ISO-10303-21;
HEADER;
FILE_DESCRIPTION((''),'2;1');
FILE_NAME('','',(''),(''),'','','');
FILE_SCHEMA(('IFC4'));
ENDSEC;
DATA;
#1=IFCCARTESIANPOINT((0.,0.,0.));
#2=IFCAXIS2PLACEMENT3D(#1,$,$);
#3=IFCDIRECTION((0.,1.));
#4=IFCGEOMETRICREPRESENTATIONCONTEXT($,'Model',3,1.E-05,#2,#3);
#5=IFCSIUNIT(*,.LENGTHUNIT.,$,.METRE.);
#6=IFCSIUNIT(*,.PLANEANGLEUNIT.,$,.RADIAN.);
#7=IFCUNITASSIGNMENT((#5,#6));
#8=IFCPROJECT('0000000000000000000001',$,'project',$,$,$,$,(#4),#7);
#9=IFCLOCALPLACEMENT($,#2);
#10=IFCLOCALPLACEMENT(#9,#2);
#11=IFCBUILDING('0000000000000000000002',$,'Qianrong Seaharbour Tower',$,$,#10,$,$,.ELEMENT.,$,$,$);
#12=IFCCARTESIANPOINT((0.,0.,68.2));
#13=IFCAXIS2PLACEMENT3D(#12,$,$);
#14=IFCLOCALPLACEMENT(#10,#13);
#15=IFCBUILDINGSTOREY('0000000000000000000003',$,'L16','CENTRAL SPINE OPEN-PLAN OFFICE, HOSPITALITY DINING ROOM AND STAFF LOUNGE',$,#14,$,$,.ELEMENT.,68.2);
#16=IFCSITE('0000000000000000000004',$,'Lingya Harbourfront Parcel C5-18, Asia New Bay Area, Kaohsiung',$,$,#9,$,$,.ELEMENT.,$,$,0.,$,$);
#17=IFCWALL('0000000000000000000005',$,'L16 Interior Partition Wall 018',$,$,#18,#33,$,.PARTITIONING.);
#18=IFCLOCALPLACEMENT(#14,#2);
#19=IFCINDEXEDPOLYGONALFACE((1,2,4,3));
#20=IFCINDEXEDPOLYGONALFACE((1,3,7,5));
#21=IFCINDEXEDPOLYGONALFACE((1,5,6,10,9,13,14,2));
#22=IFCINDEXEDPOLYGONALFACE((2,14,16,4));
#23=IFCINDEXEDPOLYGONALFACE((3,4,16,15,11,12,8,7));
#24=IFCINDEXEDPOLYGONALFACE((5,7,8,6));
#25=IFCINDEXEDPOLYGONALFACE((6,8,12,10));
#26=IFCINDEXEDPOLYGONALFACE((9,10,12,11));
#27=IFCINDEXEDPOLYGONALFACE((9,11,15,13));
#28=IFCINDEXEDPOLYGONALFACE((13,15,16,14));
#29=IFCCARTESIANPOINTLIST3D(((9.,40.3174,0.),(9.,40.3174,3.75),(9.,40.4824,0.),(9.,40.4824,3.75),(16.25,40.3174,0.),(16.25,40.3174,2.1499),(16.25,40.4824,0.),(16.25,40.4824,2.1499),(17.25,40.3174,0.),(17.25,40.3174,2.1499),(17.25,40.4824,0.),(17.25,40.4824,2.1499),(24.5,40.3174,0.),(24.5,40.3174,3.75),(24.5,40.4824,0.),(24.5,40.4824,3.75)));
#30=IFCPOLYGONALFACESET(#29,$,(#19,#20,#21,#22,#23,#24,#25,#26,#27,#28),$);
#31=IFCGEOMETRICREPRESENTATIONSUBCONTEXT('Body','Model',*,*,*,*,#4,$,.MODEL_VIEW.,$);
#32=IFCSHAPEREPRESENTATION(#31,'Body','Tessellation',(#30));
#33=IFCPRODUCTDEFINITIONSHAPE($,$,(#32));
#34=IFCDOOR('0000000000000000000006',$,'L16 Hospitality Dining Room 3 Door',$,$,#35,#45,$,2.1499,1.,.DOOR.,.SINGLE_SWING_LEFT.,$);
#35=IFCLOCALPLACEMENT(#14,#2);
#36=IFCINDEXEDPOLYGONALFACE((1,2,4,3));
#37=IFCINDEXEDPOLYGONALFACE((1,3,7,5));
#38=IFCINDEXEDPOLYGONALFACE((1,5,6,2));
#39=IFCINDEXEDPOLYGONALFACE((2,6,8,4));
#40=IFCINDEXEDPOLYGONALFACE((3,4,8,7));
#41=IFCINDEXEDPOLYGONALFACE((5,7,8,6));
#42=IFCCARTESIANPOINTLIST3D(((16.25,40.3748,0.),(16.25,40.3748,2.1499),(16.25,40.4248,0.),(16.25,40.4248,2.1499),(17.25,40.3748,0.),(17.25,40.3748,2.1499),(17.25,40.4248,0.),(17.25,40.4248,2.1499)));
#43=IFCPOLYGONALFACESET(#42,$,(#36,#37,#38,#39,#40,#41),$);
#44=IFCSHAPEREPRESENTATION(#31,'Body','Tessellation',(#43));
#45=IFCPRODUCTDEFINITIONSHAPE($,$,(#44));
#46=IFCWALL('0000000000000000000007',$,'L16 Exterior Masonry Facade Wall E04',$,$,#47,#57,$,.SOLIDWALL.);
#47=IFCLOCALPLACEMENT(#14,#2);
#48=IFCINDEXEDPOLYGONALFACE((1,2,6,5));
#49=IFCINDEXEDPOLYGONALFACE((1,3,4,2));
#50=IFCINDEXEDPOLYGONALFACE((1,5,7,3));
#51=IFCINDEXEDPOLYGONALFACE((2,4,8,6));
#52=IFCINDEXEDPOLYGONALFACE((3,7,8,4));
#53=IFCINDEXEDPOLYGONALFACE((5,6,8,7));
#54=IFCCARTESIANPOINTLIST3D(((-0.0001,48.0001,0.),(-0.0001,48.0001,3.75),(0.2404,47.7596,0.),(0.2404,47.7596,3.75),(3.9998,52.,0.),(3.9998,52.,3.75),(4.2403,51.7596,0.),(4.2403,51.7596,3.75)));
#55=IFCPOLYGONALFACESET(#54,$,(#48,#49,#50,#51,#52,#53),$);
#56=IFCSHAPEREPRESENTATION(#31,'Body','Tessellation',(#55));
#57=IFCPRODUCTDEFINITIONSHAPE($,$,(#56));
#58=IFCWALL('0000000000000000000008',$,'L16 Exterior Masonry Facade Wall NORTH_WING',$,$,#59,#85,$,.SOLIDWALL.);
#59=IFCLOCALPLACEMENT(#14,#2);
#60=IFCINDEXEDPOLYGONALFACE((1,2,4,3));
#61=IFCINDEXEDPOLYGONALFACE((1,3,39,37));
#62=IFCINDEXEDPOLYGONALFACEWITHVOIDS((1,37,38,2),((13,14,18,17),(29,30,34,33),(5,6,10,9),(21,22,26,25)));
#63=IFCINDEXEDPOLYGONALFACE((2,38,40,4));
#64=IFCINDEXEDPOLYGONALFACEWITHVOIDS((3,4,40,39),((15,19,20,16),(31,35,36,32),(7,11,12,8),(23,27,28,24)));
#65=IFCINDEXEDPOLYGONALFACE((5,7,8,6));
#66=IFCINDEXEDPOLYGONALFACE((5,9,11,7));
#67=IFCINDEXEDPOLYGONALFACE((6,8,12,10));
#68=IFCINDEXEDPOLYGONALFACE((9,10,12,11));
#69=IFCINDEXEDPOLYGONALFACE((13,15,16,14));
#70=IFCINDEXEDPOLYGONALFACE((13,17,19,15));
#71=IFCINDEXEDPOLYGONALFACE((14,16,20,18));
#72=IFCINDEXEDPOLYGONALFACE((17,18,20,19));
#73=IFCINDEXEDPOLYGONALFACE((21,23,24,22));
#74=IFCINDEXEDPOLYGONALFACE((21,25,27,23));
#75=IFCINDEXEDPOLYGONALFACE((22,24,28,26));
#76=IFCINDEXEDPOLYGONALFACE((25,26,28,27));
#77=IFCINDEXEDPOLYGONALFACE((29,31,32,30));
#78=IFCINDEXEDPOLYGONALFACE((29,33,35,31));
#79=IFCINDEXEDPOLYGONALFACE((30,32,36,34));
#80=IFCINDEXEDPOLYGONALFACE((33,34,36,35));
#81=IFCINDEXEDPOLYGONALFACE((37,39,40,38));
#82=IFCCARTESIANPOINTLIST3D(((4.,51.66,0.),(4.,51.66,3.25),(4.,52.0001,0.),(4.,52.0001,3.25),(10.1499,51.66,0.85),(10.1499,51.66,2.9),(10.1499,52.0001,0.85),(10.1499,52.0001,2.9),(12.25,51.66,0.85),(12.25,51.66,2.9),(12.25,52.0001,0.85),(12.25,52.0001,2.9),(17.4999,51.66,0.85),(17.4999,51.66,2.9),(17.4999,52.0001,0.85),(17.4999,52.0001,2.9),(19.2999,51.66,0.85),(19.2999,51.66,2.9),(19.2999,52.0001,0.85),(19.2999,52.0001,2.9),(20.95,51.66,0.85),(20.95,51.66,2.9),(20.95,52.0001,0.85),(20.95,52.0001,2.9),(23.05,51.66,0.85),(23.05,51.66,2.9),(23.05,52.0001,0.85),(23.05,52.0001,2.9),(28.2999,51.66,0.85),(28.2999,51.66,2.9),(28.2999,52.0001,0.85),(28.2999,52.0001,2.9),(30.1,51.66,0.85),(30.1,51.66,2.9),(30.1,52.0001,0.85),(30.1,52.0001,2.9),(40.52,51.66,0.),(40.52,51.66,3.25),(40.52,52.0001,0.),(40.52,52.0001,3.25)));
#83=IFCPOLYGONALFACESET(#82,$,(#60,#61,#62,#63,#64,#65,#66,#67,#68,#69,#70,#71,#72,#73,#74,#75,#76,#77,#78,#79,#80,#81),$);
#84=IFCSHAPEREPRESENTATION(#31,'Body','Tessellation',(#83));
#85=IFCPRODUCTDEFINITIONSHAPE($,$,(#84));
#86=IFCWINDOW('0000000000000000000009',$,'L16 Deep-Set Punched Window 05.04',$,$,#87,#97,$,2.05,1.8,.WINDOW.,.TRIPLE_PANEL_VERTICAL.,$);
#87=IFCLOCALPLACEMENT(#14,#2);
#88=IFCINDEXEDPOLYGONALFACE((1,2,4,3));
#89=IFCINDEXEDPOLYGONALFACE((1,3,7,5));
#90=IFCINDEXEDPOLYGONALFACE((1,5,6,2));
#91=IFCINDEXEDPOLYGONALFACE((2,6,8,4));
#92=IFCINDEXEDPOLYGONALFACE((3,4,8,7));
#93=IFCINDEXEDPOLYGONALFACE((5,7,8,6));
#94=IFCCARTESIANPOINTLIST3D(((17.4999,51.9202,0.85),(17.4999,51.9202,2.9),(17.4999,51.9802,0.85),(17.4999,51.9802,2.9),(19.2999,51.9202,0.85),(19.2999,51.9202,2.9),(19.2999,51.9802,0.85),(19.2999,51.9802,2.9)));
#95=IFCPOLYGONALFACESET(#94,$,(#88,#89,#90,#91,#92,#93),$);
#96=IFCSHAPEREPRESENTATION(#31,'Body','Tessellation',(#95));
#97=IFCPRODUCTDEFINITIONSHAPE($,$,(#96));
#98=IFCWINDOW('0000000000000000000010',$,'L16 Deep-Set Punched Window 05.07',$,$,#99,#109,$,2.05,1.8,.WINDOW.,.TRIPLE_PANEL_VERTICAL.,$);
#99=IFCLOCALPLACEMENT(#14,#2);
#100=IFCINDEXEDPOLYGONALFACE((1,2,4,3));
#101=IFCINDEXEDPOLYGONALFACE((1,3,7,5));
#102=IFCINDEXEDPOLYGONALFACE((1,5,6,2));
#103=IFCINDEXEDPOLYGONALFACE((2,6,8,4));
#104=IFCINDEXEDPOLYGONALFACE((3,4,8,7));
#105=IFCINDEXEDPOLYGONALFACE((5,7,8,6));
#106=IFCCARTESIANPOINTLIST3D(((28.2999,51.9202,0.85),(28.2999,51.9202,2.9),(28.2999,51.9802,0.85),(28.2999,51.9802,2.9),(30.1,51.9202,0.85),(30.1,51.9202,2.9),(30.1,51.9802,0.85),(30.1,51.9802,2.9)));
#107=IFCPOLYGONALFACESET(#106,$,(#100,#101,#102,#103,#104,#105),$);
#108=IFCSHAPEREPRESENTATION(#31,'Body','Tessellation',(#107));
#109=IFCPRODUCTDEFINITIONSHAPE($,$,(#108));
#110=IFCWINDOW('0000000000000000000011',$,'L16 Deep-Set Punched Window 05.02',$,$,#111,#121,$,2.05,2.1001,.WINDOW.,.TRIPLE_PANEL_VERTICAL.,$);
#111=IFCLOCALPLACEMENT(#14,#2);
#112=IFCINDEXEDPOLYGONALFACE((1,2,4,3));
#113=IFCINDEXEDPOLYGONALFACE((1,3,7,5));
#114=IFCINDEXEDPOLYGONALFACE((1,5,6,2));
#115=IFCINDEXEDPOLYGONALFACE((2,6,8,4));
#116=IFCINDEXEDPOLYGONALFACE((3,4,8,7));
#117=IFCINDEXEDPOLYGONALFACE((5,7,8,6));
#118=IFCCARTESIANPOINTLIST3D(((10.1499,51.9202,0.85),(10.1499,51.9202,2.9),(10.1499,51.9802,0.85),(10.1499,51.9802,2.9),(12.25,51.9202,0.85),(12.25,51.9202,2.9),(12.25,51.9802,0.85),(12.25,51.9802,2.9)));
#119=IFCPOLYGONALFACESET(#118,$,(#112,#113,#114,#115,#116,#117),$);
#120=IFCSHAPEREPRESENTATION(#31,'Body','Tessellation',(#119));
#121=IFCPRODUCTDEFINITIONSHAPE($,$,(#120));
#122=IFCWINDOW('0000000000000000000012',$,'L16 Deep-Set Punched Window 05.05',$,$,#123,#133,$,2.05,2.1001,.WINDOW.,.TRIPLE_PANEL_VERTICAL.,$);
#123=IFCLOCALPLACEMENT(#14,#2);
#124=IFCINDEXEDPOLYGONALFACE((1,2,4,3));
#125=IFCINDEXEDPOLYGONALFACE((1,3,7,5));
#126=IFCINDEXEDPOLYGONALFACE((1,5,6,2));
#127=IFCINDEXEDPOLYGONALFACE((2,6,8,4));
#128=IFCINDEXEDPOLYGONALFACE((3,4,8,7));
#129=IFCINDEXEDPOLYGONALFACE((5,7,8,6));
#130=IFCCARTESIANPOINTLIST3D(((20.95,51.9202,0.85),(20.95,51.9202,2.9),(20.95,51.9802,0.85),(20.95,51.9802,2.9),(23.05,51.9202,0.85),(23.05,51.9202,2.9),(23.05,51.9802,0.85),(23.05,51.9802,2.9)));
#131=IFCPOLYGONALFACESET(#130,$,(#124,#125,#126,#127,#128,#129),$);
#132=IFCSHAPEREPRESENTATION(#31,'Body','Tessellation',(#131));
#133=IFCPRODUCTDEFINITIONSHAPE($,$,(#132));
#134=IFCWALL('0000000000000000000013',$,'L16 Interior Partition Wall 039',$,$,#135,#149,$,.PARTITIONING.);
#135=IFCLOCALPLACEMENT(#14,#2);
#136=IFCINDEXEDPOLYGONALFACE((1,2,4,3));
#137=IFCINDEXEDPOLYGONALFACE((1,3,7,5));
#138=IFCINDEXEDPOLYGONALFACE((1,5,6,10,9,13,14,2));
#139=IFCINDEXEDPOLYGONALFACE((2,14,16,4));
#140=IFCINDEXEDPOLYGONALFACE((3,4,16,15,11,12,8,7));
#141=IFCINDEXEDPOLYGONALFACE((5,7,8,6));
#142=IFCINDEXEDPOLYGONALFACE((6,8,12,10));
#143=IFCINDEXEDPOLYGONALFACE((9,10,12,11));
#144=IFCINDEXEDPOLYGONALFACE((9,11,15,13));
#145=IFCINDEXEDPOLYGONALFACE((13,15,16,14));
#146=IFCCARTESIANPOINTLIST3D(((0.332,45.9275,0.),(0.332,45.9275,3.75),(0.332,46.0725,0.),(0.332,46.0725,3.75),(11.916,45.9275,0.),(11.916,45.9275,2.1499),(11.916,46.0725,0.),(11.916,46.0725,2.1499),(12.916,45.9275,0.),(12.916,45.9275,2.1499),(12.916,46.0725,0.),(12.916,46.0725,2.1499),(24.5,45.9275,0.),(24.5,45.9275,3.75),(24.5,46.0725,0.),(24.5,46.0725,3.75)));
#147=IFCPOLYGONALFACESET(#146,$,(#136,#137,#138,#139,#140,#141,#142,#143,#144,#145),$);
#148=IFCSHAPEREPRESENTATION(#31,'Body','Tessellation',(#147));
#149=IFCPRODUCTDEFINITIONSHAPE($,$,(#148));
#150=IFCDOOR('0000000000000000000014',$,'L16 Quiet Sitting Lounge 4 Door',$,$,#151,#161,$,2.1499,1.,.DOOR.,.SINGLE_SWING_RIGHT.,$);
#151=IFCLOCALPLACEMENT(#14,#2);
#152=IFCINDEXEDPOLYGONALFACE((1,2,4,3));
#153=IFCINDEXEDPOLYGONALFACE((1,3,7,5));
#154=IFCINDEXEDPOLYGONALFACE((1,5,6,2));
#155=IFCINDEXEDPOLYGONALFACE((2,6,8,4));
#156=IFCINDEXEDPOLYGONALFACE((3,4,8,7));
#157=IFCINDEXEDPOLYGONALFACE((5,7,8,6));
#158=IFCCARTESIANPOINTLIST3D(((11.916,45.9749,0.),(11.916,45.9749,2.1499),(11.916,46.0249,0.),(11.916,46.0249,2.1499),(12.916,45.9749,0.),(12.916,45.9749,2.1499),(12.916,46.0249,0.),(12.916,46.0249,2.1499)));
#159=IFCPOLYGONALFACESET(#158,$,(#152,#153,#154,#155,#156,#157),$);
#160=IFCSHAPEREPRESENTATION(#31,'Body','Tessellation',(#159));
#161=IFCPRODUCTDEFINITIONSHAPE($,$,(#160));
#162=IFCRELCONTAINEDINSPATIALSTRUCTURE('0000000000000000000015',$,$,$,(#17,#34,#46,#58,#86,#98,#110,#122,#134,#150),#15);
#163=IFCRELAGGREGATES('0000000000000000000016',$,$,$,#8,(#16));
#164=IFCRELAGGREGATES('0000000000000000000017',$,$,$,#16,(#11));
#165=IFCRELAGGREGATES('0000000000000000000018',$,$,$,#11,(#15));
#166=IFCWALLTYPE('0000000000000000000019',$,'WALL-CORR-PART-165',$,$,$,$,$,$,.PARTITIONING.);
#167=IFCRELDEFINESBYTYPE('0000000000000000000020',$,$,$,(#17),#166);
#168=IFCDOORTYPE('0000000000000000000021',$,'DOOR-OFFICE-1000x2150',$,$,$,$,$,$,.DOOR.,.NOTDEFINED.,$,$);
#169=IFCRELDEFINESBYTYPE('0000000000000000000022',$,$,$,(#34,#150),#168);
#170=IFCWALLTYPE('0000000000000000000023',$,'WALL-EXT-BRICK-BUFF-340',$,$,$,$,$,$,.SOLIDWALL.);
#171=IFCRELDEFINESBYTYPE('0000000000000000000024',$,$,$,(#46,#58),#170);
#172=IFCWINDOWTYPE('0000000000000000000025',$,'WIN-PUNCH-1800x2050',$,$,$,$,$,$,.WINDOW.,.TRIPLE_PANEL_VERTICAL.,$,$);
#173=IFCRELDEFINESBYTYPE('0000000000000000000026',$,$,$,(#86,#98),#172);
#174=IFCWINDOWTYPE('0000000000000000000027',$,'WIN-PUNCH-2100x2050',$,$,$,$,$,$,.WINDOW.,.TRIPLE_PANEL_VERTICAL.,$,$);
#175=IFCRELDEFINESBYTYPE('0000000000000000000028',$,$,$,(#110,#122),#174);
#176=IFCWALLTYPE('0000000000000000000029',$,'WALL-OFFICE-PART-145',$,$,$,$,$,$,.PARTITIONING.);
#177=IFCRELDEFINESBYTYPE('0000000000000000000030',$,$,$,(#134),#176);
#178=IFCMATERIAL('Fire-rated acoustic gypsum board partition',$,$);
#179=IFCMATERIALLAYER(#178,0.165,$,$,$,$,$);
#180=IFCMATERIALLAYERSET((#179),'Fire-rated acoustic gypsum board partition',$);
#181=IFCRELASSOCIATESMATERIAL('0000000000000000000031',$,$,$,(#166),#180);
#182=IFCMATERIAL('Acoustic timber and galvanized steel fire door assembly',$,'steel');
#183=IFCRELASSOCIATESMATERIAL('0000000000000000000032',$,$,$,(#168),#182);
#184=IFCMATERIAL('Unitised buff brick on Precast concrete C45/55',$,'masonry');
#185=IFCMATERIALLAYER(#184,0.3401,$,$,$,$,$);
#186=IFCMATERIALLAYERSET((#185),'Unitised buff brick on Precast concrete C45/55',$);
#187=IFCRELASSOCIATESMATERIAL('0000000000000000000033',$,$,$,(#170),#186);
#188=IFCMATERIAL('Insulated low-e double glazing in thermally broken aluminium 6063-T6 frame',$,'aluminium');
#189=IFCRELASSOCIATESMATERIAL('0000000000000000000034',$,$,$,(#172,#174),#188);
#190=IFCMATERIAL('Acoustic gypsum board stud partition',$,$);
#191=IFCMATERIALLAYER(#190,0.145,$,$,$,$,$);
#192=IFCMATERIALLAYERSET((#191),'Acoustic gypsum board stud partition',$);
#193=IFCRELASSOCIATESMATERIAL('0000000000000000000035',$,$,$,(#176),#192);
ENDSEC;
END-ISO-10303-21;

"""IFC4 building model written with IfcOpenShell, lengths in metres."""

from ifc_helpers import new_model, si_unit, direction, frame, frame_2d, origin, place, context, subcontext, project, spatial, rectangle, extrude, material, layer, layer_set, type_object, element, fill, save


model = new_model("IFC4")

# Units and contexts
model_context = context("Model", 3, precision=1e-05, world=origin(), true_north=direction((0.0, 1.0)))
body_context = subcontext(model_context, "Body", "Model", "MODEL_VIEW")
ifc_project = project(units=[si_unit("LENGTHUNIT", "METRE"), si_unit("PLANEANGLEUNIT", "RADIAN")], contexts=[model_context])

# Site, building, storey
site_placement = place(None, origin())
site = spatial("IfcSite", under=ifc_project, at=site_placement, Name="Lingya Harbourfront Parcel C5-18, Asia New Bay Area, Kaohsiung", CompositionType="ELEMENT", RefElevation=0.0)
building_placement = place(site_placement, origin())
building = spatial("IfcBuilding", under=site, at=building_placement, Name="Qianrong Seaharbour Tower", CompositionType="ELEMENT")
storey_placement = place(building_placement, frame((0.0, 0.0, 68.2)))
storey = spatial("IfcBuildingStorey", under=building, at=storey_placement, Name="L16", Description="CENTRAL SPINE OPEN-PLAN OFFICE, HOSPITALITY DINING ROOM AND STAFF LOUNGE", CompositionType="ELEMENT", Elevation=68.2)

# Wall, opening, door
ifc_material_1 = material(Name="Fire-rated acoustic gypsum board partition")
ifc_layer_1 = layer(ifc_material_1, 0.165)
ifc_layer_set_1 = layer_set([ifc_layer_1], Name="Fire-rated acoustic gypsum board partition")
wall_type_1 = type_object("IfcWallType", Name="WALL-CORR-PART-165", PredefinedType="PARTITIONING", material=ifc_layer_set_1)
wall_1_placement = place(storey_placement, frame((9.0, 40.3999, 0.0), z_axis=(0.0, 0.0, 1.0), x_axis=(1.0, 0.0, 0.0)))
wall_1 = element("IfcWall", 1, at=wall_1_placement, inside=storey, type_object=wall_type_1, Name="L16 Interior Partition Wall 018", PredefinedType="PARTITIONING", context=body_context, shape_type="SweptSolid", body=[
    extrude(rectangle(XDim=15.5, YDim=0.165, at=frame_2d((7.75, 0.0))), origin(), (0.0, 0.0, 1.0), 3.75),
])
opening_1_placement = place(wall_1_placement, frame((7.25, 0.0, 0.0)))
opening_1 = element("IfcOpeningElement", 2, at=opening_1_placement, cuts=wall_1, PredefinedType="OPENING", context=body_context, shape_type="SweptSolid", body=[
    extrude(rectangle(XDim=1.0, YDim=2.1499, at=frame_2d((0.5, 1.075))), frame((0.0, 0.0925, 0.0), z_axis=(0.0, -1.0, 0.0), x_axis=(1.0, 0.0, 0.0)), (0.0, 0.0, 1.0), 0.1851),
])
ifc_material_2 = material(Name="Acoustic timber and galvanized steel fire door assembly", Category="steel")
door_type = type_object("IfcDoorType", Name="DOOR-OFFICE-1000x2150", OperationType="NOTDEFINED", PredefinedType="DOOR", material=ifc_material_2)
door_1_placement = place(opening_1_placement, origin())
door_1 = element("IfcDoor", 3, at=door_1_placement, inside=storey, type_object=door_type, Name="L16 Hospitality Dining Room 3 Door", OperationType="SINGLE_SWING_LEFT", OverallHeight=2.1499, OverallWidth=1.0, PredefinedType="DOOR", context=body_context, shape_type="SweptSolid", body=[
    extrude(rectangle(XDim=1.0, YDim=2.1499, at=frame_2d((0.5, 1.075))), frame((0.0, 0.0249, 0.0), z_axis=(0.0, -1.0, 0.0), x_axis=(1.0, 0.0, 0.0)), (0.0, 0.0, 1.0), 0.05),
])
fill(opening_1, door_1)

# Wall
ifc_material_3 = material(Name="Unitised buff brick on Precast concrete C45/55", Category="masonry")
ifc_layer_2 = layer(ifc_material_3, 0.3401)
ifc_layer_set_2 = layer_set([ifc_layer_2], Name="Unitised buff brick on Precast concrete C45/55")
wall_type_2 = type_object("IfcWallType", Name="WALL-EXT-BRICK-BUFF-340", PredefinedType="SOLIDWALL", material=ifc_layer_set_2)
wall_2_placement = place(storey_placement, frame((0.1201, 47.8799, 0.0), z_axis=(0.0, 0.0, 1.0), x_axis=(0.707107, 0.707107, 0.0)))
element("IfcWall", 4, at=wall_2_placement, inside=storey, type_object=wall_type_2, Name="L16 Exterior Masonry Facade Wall E04", PredefinedType="SOLIDWALL", context=body_context, shape_type="SweptSolid", body=[
    extrude(rectangle(XDim=5.6567, YDim=0.3401, at=frame_2d((2.8284, 0.0))), origin(), (0.0, 0.0, 1.0), 3.75),
])

# Wall, openings, windows
wall_3_placement = place(storey_placement, frame((4.0, 51.8301, 0.0), z_axis=(0.0, 0.0, 1.0), x_axis=(1.0, 0.0, 0.0)))
wall_3 = element("IfcWall", 5, at=wall_3_placement, inside=storey, type_object=wall_type_2, Name="L16 Exterior Masonry Facade Wall NORTH_WING", PredefinedType="SOLIDWALL", context=body_context, shape_type="SweptSolid", body=[
    extrude(rectangle(XDim=36.52, YDim=0.3401, at=frame_2d((18.26, 0.0))), origin(), (0.0, 0.0, 1.0), 3.25),
])
opening_2_placement = place(wall_3_placement, frame((6.1499, 0.0, 0.8501)))
opening_2 = element("IfcOpeningElement", 6, at=opening_2_placement, cuts=wall_3, PredefinedType="OPENING", context=body_context, shape_type="SweptSolid", body=[
    extrude(rectangle(XDim=2.1001, YDim=2.05, at=frame_2d((1.05, 1.0249))), frame((0.0, 0.1802, 0.0), z_axis=(0.0, -1.0, 0.0), x_axis=(1.0, 0.0, 0.0)), (0.0, 0.0, 1.0), 0.3601),
])
opening_3_placement = place(wall_3_placement, frame((13.5, 0.0, 0.8501)))
opening_3 = element("IfcOpeningElement", 7, at=opening_3_placement, cuts=wall_3, PredefinedType="OPENING", context=body_context, shape_type="SweptSolid", body=[
    extrude(rectangle(XDim=1.8, YDim=2.05, at=frame_2d((0.8999, 1.0249))), frame((0.0, 0.1802, 0.0), z_axis=(0.0, -1.0, 0.0), x_axis=(1.0, 0.0, 0.0)), (0.0, 0.0, 1.0), 0.3601),
])
opening_4_placement = place(wall_3_placement, frame((16.95, 0.0, 0.8501)))
opening_4 = element("IfcOpeningElement", 8, at=opening_4_placement, cuts=wall_3, PredefinedType="OPENING", context=body_context, shape_type="SweptSolid", body=[
    extrude(rectangle(XDim=2.1001, YDim=2.05, at=frame_2d((1.05, 1.0249))), frame((0.0, 0.1802, 0.0), z_axis=(0.0, -1.0, 0.0), x_axis=(1.0, 0.0, 0.0)), (0.0, 0.0, 1.0), 0.3601),
])
opening_5_placement = place(wall_3_placement, frame((24.3, 0.0, 0.8501)))
opening_5 = element("IfcOpeningElement", 9, at=opening_5_placement, cuts=wall_3, PredefinedType="OPENING", context=body_context, shape_type="SweptSolid", body=[
    extrude(rectangle(XDim=1.8, YDim=2.05, at=frame_2d((0.8999, 1.0249))), frame((0.0, 0.1802, 0.0), z_axis=(0.0, -1.0, 0.0), x_axis=(1.0, 0.0, 0.0)), (0.0, 0.0, 1.0), 0.3601),
])
ifc_material_4 = material(Name="Insulated low-e double glazing in thermally broken aluminium 6063-T6 frame", Category="aluminium")
window_type_1 = type_object("IfcWindowType", Name="WIN-PUNCH-1800x2050", PartitioningType="TRIPLE_PANEL_VERTICAL", PredefinedType="WINDOW", material=ifc_material_4)
window_1_placement = place(opening_3_placement, origin())
window_1 = element("IfcWindow", 10, at=window_1_placement, inside=storey, type_object=window_type_1, Name="L16 Deep-Set Punched Window 05.04", OverallHeight=2.05, OverallWidth=1.8, PartitioningType="TRIPLE_PANEL_VERTICAL", PredefinedType="WINDOW", context=body_context, shape_type="SweptSolid", body=[
    extrude(rectangle(XDim=1.8, YDim=2.05, at=frame_2d((0.8999, 1.0249))), frame((0.0, 0.1501, 0.0), z_axis=(0.0, -1.0, 0.0), x_axis=(1.0, 0.0, 0.0)), (0.0, 0.0, 1.0), 0.0601),
])
fill(opening_3, window_1)
window_2_placement = place(opening_5_placement, origin())
window_2 = element("IfcWindow", 11, at=window_2_placement, inside=storey, type_object=window_type_1, Name="L16 Deep-Set Punched Window 05.07", OverallHeight=2.05, OverallWidth=1.8, PartitioningType="TRIPLE_PANEL_VERTICAL", PredefinedType="WINDOW", context=body_context, shape_type="SweptSolid", body=[
    extrude(rectangle(XDim=1.8, YDim=2.05, at=frame_2d((0.8999, 1.0249))), frame((0.0, 0.1501, 0.0), z_axis=(0.0, -1.0, 0.0), x_axis=(1.0, 0.0, 0.0)), (0.0, 0.0, 1.0), 0.0601),
])
fill(opening_5, window_2)
window_type_2 = type_object("IfcWindowType", Name="WIN-PUNCH-2100x2050", PartitioningType="TRIPLE_PANEL_VERTICAL", PredefinedType="WINDOW", material=ifc_material_4)
window_3_placement = place(opening_2_placement, origin())
window_3 = element("IfcWindow", 12, at=window_3_placement, inside=storey, type_object=window_type_2, Name="L16 Deep-Set Punched Window 05.02", OverallHeight=2.05, OverallWidth=2.1001, PartitioningType="TRIPLE_PANEL_VERTICAL", PredefinedType="WINDOW", context=body_context, shape_type="SweptSolid", body=[
    extrude(rectangle(XDim=2.1001, YDim=2.05, at=frame_2d((1.05, 1.0249))), frame((0.0, 0.1501, 0.0), z_axis=(0.0, -1.0, 0.0), x_axis=(1.0, 0.0, 0.0)), (0.0, 0.0, 1.0), 0.0601),
])
fill(opening_2, window_3)
window_4_placement = place(opening_4_placement, origin())
window_4 = element("IfcWindow", 13, at=window_4_placement, inside=storey, type_object=window_type_2, Name="L16 Deep-Set Punched Window 05.05", OverallHeight=2.05, OverallWidth=2.1001, PartitioningType="TRIPLE_PANEL_VERTICAL", PredefinedType="WINDOW", context=body_context, shape_type="SweptSolid", body=[
    extrude(rectangle(XDim=2.1001, YDim=2.05, at=frame_2d((1.05, 1.0249))), frame((0.0, 0.1501, 0.0), z_axis=(0.0, -1.0, 0.0), x_axis=(1.0, 0.0, 0.0)), (0.0, 0.0, 1.0), 0.0601),
])
fill(opening_4, window_4)

# Wall, opening, door
ifc_material_5 = material(Name="Acoustic gypsum board stud partition")
ifc_layer_3 = layer(ifc_material_5, 0.145)
ifc_layer_set_3 = layer_set([ifc_layer_3], Name="Acoustic gypsum board stud partition")
wall_type_3 = type_object("IfcWallType", Name="WALL-OFFICE-PART-145", PredefinedType="PARTITIONING", material=ifc_layer_set_3)
wall_4_placement = place(storey_placement, frame((0.332, 46.0, 0.0), z_axis=(0.0, 0.0, 1.0), x_axis=(1.0, 0.0, 0.0)))
wall_4 = element("IfcWall", 14, at=wall_4_placement, inside=storey, type_object=wall_type_3, Name="L16 Interior Partition Wall 039", PredefinedType="PARTITIONING", context=body_context, shape_type="SweptSolid", body=[
    extrude(rectangle(XDim=24.168, YDim=0.145, at=frame_2d((12.084, 0.0))), origin(), (0.0, 0.0, 1.0), 3.75),
])
opening_6_placement = place(wall_4_placement, frame((11.584, 0.0, 0.0)))
opening_6 = element("IfcOpeningElement", 15, at=opening_6_placement, cuts=wall_4, PredefinedType="OPENING", context=body_context, shape_type="SweptSolid", body=[
    extrude(rectangle(XDim=1.0, YDim=2.1499, at=frame_2d((0.5, 1.075))), frame((0.0, 0.0825, 0.0), z_axis=(0.0, -1.0, 0.0), x_axis=(1.0, 0.0, 0.0)), (0.0, 0.0, 1.0), 0.165),
])
door_2_placement = place(opening_6_placement, origin())
door_2 = element("IfcDoor", 16, at=door_2_placement, inside=storey, type_object=door_type, Name="L16 Quiet Sitting Lounge 4 Door", OperationType="SINGLE_SWING_RIGHT", OverallHeight=2.1499, OverallWidth=1.0, PredefinedType="DOOR", context=body_context, shape_type="SweptSolid", body=[
    extrude(rectangle(XDim=1.0, YDim=2.1499, at=frame_2d((0.5, 1.075))), frame((0.0, 0.0249, 0.0), z_axis=(0.0, -1.0, 0.0), x_axis=(1.0, 0.0, 0.0)), (0.0, 0.0, 1.0), 0.05),
])
fill(opening_6, door_2)

save(model, "model.ifc")
